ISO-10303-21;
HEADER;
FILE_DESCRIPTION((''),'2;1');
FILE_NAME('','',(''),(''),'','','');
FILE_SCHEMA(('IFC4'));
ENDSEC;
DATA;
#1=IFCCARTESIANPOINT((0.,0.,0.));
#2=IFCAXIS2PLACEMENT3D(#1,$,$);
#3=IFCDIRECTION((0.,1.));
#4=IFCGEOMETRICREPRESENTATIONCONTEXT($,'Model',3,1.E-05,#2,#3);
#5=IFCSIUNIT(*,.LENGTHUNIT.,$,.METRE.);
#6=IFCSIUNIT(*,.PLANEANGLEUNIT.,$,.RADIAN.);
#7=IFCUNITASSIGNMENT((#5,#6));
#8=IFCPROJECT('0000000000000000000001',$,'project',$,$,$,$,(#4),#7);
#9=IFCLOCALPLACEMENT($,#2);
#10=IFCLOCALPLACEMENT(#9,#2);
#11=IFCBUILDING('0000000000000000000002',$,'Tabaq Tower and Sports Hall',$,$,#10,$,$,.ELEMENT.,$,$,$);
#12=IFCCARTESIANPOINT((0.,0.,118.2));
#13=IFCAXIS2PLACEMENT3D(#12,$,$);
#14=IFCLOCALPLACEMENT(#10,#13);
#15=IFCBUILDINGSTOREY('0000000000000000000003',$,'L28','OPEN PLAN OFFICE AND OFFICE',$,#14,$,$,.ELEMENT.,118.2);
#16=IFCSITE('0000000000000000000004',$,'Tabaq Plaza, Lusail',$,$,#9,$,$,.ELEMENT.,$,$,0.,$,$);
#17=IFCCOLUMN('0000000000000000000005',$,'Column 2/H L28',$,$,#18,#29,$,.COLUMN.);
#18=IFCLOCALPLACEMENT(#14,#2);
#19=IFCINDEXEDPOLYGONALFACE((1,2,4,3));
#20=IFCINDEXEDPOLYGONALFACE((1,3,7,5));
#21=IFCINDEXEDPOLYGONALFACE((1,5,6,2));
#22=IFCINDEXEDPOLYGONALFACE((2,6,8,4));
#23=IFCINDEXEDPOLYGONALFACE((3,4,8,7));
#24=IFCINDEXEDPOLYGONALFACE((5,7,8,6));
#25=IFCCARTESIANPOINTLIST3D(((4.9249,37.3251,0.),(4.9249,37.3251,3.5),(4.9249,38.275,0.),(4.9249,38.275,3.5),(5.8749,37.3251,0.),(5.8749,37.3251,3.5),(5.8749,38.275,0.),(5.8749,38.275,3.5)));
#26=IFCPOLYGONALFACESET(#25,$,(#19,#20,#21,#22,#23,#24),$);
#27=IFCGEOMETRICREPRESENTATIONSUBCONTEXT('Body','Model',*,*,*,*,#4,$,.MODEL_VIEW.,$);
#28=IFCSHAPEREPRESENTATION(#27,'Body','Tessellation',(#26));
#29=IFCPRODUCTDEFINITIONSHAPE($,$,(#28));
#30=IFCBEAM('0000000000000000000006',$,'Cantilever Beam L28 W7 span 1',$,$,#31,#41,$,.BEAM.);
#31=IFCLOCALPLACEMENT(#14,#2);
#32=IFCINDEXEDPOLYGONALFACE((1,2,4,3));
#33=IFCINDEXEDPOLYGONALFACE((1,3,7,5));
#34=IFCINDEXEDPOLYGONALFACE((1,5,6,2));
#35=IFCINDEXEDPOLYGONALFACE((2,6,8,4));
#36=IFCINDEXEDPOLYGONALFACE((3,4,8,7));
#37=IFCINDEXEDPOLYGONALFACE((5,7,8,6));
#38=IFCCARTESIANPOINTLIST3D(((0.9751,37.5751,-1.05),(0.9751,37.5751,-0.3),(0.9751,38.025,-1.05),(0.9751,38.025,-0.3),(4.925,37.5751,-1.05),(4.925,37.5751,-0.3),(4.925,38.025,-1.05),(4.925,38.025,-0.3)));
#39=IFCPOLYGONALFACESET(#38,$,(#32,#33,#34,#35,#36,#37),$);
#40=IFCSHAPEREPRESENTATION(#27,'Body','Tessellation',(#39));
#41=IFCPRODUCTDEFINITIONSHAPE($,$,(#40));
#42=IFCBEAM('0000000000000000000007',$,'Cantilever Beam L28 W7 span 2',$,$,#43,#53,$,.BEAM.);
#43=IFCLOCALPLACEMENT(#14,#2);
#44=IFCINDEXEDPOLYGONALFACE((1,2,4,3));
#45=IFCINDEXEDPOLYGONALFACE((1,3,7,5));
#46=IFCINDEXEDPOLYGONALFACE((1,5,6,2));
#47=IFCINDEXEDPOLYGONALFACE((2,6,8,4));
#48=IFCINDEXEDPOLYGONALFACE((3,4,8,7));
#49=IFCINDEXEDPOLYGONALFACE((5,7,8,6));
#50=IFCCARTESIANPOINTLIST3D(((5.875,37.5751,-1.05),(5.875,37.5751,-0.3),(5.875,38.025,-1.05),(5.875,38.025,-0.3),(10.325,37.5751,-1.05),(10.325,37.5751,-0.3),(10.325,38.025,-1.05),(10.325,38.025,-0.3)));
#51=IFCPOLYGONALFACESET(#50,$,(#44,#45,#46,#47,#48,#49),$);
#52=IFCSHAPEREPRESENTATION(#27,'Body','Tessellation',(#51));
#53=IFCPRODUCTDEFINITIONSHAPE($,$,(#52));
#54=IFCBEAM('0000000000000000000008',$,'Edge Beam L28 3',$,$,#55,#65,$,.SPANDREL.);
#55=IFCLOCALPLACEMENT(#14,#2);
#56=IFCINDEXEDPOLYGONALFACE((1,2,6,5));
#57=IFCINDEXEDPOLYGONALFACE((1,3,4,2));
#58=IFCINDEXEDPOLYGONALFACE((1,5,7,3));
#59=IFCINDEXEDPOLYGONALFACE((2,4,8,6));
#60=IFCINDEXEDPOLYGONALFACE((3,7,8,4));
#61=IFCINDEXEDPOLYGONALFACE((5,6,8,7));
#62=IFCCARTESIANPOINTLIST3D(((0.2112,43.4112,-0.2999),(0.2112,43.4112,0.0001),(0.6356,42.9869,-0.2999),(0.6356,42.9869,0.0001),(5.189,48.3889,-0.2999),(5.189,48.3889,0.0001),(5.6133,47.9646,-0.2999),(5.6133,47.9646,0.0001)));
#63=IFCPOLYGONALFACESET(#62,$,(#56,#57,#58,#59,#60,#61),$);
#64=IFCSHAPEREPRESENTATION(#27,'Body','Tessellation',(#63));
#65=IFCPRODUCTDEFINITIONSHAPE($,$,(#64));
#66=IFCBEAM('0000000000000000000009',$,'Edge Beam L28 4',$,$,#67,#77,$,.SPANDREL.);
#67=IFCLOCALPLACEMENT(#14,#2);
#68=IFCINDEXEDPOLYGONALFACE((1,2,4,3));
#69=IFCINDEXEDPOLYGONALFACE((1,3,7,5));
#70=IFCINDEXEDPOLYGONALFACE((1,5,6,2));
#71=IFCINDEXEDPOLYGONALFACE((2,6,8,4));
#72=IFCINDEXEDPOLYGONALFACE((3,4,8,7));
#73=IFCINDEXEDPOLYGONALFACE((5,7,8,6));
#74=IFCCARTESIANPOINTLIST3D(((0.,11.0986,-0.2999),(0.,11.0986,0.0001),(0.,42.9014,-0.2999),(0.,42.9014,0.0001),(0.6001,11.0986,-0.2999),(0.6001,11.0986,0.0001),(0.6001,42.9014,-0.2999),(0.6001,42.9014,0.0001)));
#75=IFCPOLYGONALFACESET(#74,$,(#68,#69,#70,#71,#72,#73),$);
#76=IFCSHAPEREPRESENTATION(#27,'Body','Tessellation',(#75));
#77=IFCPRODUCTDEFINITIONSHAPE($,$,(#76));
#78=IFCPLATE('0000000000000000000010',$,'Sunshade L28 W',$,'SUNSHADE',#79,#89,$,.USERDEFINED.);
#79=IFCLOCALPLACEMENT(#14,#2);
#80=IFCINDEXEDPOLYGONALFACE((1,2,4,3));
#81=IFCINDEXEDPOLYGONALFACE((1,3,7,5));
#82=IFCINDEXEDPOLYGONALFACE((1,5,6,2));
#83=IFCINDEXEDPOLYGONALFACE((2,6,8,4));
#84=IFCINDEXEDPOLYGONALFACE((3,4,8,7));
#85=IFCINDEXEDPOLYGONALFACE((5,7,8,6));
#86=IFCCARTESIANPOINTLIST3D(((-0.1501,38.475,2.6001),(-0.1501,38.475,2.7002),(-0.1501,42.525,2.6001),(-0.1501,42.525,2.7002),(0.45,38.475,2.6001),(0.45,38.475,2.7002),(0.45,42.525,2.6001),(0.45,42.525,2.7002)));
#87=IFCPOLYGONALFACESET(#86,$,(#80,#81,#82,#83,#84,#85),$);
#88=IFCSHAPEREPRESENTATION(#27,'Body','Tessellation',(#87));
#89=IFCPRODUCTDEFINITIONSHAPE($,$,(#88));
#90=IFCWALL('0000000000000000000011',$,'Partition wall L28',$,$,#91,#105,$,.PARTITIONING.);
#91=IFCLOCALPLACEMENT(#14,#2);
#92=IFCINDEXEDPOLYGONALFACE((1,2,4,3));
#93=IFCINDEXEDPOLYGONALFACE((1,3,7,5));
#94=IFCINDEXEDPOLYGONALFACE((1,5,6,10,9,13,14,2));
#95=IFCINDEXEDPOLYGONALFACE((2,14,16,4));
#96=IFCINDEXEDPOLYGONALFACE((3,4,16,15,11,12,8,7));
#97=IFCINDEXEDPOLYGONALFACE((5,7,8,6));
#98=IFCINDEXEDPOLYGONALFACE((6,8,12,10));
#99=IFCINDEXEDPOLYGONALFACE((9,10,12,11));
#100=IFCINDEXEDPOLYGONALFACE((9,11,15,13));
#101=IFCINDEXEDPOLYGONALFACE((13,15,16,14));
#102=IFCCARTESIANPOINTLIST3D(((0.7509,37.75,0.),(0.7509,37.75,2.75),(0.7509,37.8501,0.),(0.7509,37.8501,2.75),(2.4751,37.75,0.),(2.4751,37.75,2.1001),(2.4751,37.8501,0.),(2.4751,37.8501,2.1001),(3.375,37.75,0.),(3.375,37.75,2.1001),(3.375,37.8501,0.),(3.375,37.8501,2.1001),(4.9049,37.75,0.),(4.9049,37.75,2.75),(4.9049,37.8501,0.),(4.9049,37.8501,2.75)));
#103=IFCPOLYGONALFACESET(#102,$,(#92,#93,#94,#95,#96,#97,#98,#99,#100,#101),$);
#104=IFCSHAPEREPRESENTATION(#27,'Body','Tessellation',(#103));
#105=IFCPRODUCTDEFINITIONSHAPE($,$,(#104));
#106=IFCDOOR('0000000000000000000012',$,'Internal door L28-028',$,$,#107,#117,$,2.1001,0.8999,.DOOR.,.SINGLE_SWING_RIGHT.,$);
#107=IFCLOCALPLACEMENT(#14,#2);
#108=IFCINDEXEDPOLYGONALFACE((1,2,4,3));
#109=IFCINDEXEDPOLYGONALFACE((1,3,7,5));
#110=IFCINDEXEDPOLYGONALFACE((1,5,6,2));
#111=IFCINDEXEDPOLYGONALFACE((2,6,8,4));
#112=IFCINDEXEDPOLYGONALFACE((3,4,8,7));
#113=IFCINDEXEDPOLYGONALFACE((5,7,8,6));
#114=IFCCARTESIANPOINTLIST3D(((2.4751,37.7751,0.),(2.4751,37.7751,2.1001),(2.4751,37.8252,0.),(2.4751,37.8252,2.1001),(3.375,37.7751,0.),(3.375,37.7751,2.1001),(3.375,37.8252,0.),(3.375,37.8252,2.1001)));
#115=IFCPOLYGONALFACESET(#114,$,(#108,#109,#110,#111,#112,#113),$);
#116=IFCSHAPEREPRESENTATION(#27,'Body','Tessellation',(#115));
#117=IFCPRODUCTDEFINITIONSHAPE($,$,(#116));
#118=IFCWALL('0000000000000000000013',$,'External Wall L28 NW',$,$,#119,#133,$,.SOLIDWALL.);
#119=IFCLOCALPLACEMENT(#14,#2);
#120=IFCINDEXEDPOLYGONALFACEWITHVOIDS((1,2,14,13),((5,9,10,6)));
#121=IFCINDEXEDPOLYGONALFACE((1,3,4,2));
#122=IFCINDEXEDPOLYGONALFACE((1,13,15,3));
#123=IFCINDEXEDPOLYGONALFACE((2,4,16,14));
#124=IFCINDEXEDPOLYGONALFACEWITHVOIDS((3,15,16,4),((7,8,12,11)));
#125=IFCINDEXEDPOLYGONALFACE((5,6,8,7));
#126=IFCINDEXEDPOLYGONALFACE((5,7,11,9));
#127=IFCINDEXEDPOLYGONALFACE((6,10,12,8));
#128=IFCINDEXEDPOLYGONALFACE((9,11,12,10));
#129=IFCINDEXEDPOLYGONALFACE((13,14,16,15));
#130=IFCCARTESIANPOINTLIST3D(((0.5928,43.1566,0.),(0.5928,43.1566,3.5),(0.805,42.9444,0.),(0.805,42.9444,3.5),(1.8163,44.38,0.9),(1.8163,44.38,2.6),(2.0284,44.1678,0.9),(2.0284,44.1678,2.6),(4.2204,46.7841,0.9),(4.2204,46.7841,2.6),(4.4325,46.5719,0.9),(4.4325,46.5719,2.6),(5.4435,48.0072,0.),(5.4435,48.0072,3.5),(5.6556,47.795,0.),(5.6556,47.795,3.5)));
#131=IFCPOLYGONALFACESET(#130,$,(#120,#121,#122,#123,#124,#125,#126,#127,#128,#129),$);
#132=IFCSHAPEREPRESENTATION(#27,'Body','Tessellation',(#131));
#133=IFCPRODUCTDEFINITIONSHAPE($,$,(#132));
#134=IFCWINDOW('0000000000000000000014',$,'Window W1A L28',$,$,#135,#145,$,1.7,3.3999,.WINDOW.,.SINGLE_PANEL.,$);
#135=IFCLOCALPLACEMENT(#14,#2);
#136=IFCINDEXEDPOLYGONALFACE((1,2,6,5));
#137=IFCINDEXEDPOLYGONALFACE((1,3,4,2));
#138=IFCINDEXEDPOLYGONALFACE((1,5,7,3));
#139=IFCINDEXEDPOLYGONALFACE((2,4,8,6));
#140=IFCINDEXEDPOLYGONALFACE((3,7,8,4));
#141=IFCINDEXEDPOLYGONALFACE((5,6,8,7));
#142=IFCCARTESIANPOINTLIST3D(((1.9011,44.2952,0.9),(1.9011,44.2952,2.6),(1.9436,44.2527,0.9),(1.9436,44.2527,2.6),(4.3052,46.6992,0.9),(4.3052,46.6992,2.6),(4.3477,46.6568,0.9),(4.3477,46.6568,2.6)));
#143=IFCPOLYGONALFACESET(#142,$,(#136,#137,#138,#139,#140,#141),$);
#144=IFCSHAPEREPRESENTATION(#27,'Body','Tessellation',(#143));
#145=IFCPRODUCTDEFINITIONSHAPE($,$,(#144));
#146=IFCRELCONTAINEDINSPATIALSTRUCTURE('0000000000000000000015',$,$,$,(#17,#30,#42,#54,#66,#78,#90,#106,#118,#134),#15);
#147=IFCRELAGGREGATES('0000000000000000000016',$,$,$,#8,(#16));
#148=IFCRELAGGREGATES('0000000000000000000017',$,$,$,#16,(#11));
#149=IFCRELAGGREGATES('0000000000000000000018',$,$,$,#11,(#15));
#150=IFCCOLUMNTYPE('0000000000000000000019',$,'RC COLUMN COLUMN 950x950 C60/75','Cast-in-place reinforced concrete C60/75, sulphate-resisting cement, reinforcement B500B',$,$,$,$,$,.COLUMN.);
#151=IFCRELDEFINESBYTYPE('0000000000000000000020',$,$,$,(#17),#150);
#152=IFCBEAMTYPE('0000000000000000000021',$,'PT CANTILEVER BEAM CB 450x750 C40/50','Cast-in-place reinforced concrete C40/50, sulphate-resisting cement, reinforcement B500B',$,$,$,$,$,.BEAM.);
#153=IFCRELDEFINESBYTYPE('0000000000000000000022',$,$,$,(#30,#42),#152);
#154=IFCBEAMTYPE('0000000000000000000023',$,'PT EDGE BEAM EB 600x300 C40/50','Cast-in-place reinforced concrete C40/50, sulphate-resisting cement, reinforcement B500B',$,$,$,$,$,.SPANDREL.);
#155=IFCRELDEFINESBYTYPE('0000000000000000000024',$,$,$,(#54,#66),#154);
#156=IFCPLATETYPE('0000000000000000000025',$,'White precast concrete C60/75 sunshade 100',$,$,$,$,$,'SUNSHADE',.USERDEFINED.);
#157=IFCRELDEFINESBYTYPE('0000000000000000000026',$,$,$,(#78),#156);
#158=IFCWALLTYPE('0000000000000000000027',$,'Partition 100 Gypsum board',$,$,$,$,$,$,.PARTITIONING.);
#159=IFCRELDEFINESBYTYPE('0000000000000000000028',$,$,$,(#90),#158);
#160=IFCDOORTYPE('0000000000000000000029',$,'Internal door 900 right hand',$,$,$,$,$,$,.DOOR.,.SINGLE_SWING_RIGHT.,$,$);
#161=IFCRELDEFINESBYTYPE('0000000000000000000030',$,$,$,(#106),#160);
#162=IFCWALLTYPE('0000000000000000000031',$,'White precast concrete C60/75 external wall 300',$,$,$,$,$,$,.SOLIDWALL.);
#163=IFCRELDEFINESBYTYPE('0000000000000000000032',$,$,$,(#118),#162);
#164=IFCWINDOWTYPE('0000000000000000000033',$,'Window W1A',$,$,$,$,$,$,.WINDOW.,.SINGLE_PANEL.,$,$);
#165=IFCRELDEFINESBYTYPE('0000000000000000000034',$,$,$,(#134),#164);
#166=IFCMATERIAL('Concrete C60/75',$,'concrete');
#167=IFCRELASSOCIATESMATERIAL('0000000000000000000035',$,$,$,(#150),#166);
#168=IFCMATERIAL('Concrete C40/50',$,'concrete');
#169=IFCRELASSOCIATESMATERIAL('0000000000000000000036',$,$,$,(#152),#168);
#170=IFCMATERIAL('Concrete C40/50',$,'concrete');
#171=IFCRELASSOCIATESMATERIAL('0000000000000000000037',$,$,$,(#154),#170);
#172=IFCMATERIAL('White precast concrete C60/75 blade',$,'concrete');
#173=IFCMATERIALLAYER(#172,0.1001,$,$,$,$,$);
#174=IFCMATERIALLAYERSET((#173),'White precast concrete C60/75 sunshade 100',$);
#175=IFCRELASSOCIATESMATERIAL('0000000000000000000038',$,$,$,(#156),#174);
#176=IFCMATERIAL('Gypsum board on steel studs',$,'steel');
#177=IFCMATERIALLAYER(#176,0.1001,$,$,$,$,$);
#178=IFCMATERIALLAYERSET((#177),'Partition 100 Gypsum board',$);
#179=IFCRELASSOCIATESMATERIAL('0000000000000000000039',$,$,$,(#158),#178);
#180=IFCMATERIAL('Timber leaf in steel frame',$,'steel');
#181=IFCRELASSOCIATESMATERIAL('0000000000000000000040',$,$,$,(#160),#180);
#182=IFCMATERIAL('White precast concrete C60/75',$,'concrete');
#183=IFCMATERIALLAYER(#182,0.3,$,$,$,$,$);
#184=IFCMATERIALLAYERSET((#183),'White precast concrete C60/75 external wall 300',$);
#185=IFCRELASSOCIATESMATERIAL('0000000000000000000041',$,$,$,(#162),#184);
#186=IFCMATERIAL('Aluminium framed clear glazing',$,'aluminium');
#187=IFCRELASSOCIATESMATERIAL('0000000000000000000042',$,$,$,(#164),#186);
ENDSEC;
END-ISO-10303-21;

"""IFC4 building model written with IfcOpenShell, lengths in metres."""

from ifc_helpers import new_model, si_unit, direction, frame, frame_2d, origin, origin_2d, place, context, subcontext, project, spatial, rectangle, extrude, material, layer, layer_set, material_profile, profile_set, type_object, element, fill, save


model = new_model("IFC4")

# Units and contexts
model_context = context("Model", 3, precision=1e-05, world=origin(), true_north=direction((0.0, 1.0)))
body_context = subcontext(model_context, "Body", "Model", "MODEL_VIEW")
ifc_project = project(units=[si_unit("LENGTHUNIT", "METRE"), si_unit("PLANEANGLEUNIT", "RADIAN")], contexts=[model_context])

# Site, building, storey
site_placement = place(None, origin())
site = spatial("IfcSite", under=ifc_project, at=site_placement, Name="Tabaq Plaza, Lusail", CompositionType="ELEMENT", RefElevation=0.0)
building_placement = place(site_placement, origin())
building = spatial("IfcBuilding", under=site, at=building_placement, Name="Tabaq Tower and Sports Hall", CompositionType="ELEMENT")
storey_placement = place(building_placement, frame((0.0, 0.0, 118.2)))
storey = spatial("IfcBuildingStorey", under=building, at=storey_placement, Name="L28", Description="OPEN PLAN OFFICE AND OFFICE", CompositionType="ELEMENT", Elevation=118.2)

# Column
ifc_material_1 = material(Name="Concrete C60/75", Category="concrete")
ifc_material_profile_1 = material_profile(ifc_material_1, rectangle(XDim=0.95, YDim=0.95, at=origin_2d()), Name="COLUMN 950x950")
ifc_profile_set_1 = profile_set([ifc_material_profile_1], Name="Concrete C60/75")
column_type = type_object("IfcColumnType", Name="RC COLUMN COLUMN 950x950 C60/75", Description="Cast-in-place reinforced concrete C60/75, sulphate-resisting cement, reinforcement B500B", PredefinedType="COLUMN", material=ifc_profile_set_1)
column_placement = place(storey_placement, frame((5.3999, 37.8, 0.0), z_axis=(0.0, 0.0, 1.0), x_axis=(1.0, 0.0, 0.0)))
element("IfcColumn", 1, at=column_placement, inside=storey, type_object=column_type, Name="Column 2/H L28", PredefinedType="COLUMN", context=body_context, shape_type="SweptSolid", body=[
    extrude(rectangle(XDim=0.95, YDim=0.95, at=origin_2d()), origin(), (0.0, 0.0, 1.0), 3.5),
])

# Beams
ifc_material_2 = material(Name="Concrete C40/50", Category="concrete")
ifc_material_profile_2 = material_profile(ifc_material_2, rectangle(XDim=0.45, YDim=0.75, at=origin_2d()), Name="CB 450x750")
ifc_profile_set_2 = profile_set([ifc_material_profile_2], Name="Concrete C40/50")
beam_type_1 = type_object("IfcBeamType", Name="PT CANTILEVER BEAM CB 450x750 C40/50", Description="Cast-in-place reinforced concrete C40/50, sulphate-resisting cement, reinforcement B500B", PredefinedType="BEAM", material=ifc_profile_set_2)
beam_1_placement = place(storey_placement, frame((0.9751, 37.8, -0.675), z_axis=(1.0, 0.0, 0.0), x_axis=(0.0, 1.0, 0.0)))
element("IfcBeam", 2, at=beam_1_placement, inside=storey, type_object=beam_type_1, Name="Cantilever Beam L28 W7 span 1", PredefinedType="BEAM", context=body_context, shape_type="SweptSolid", body=[
    extrude(rectangle(XDim=0.45, YDim=0.75, at=origin_2d()), origin(), (0.0, 0.0, 1.0), 3.95),
])
beam_2_placement = place(storey_placement, frame((5.875, 37.8, -0.675), z_axis=(1.0, 0.0, 0.0), x_axis=(0.0, 1.0, 0.0)))
element("IfcBeam", 3, at=beam_2_placement, inside=storey, type_object=beam_type_1, Name="Cantilever Beam L28 W7 span 2", PredefinedType="BEAM", context=body_context, shape_type="SweptSolid", body=[
    extrude(rectangle(XDim=0.45, YDim=0.75, at=origin_2d()), origin(), (0.0, 0.0, 1.0), 4.45),
])
ifc_material_3 = material(Name="Concrete C40/50", Category="concrete")
ifc_material_profile_3 = material_profile(ifc_material_3, rectangle(XDim=0.6001, YDim=0.3, at=origin_2d()), Name="EB 600x300")
ifc_profile_set_3 = profile_set([ifc_material_profile_3], Name="Concrete C40/50")
beam_type_2 = type_object("IfcBeamType", Name="PT EDGE BEAM EB 600x300 C40/50", Description="Cast-in-place reinforced concrete C40/50, sulphate-resisting cement, reinforcement B500B", PredefinedType="SPANDREL", material=ifc_profile_set_3)
beam_3_placement = place(storey_placement, frame((5.4011, 48.1768, -0.1499), z_axis=(-0.707107, -0.707107, 0.0), x_axis=(0.707107, -0.707107, 0.0)))
element("IfcBeam", 4, at=beam_3_placement, inside=storey, type_object=beam_type_2, Name="Edge Beam L28 3", PredefinedType="SPANDREL", context=body_context, shape_type="SweptSolid", body=[
    extrude(rectangle(XDim=0.6001, YDim=0.3, at=origin_2d()), origin(), (0.0, 0.0, 1.0), 7.0396),
])
beam_4_placement = place(storey_placement, frame((0.3, 42.9014, -0.1499), z_axis=(0.0, -1.0, 0.0), x_axis=(1.0, 0.0, 0.0)))
element("IfcBeam", 5, at=beam_4_placement, inside=storey, type_object=beam_type_2, Name="Edge Beam L28 4", PredefinedType="SPANDREL", context=body_context, shape_type="SweptSolid", body=[
    extrude(rectangle(XDim=0.6001, YDim=0.3, at=origin_2d()), origin(), (0.0, 0.0, 1.0), 31.8027),
])

# Plate
ifc_material_4 = material(Name="White precast concrete C60/75 blade", Category="concrete")
ifc_layer_1 = layer(ifc_material_4, 0.1001)
ifc_layer_set_1 = layer_set([ifc_layer_1], Name="White precast concrete C60/75 sunshade 100")
plate_type = type_object("IfcPlateType", Name="White precast concrete C60/75 sunshade 100", ElementType="SUNSHADE", PredefinedType="USERDEFINED", material=ifc_layer_set_1)
plate_placement = place(storey_placement, frame((0.1499, 40.5, 2.6001), z_axis=(0.0, 0.0, 1.0), x_axis=(0.0, -1.0, 0.0)))
element("IfcPlate", 6, at=plate_placement, inside=storey, type_object=plate_type, Name="Sunshade L28 W", ObjectType="SUNSHADE", PredefinedType="USERDEFINED", context=body_context, shape_type="SweptSolid", body=[
    extrude(rectangle(XDim=4.05, YDim=0.6001, at=origin_2d()), origin(), (0.0, 0.0, 1.0), 0.1001),
])

# Wall, opening, door
ifc_material_5 = material(Name="Gypsum board on steel studs", Category="steel")
ifc_layer_2 = layer(ifc_material_5, 0.1001)
ifc_layer_set_2 = layer_set([ifc_layer_2], Name="Partition 100 Gypsum board")
wall_type_1 = type_object("IfcWallType", Name="Partition 100 Gypsum board", PredefinedType="PARTITIONING", material=ifc_layer_set_2)
wall_1_placement = place(storey_placement, frame((4.905, 37.8, 0.0), z_axis=(0.0, 0.0, 1.0), x_axis=(-1.0, 0.0, 0.0)))
wall_1 = element("IfcWall", 7, at=wall_1_placement, inside=storey, type_object=wall_type_1, Name="Partition wall L28", PredefinedType="PARTITIONING", context=body_context, shape_type="SweptSolid", body=[
    extrude(rectangle(XDim=4.1541, YDim=0.1001, at=frame_2d((2.0771, 0.0))), origin(), (0.0, 0.0, 1.0), 2.75),
])
opening_1_placement = place(wall_1_placement, frame((1.53, 0.0, 0.0)))
opening_1 = element("IfcOpeningElement", 8, at=opening_1_placement, cuts=wall_1, PredefinedType="OPENING", context=body_context, shape_type="SweptSolid", body=[
    extrude(rectangle(XDim=0.8999, YDim=2.1001, at=frame_2d((0.45, 1.05))), frame((0.0, 0.05, 0.0), z_axis=(0.0, -1.0, 0.0), x_axis=(1.0, 0.0, 0.0)), (0.0, 0.0, 1.0), 0.1001),
])
ifc_material_6 = material(Name="Timber leaf in steel frame", Category="steel")
door_type = type_object("IfcDoorType", Name="Internal door 900 right hand", OperationType="SINGLE_SWING_RIGHT", PredefinedType="DOOR", material=ifc_material_6)
door_placement = place(opening_1_placement, origin())
door = element("IfcDoor", 9, at=door_placement, inside=storey, type_object=door_type, Name="Internal door L28-028", OperationType="SINGLE_SWING_RIGHT", OverallHeight=2.1001, OverallWidth=0.8999, PredefinedType="DOOR", context=body_context, shape_type="SweptSolid", body=[
    extrude(rectangle(XDim=0.8999, YDim=2.1001, at=frame_2d((0.45, 1.05))), frame((0.0, 0.0249, 0.0), z_axis=(0.0, -1.0, 0.0), x_axis=(1.0, 0.0, 0.0)), (0.0, 0.0, 1.0), 0.05),
])
fill(opening_1, door)

# Wall, opening, window
ifc_material_7 = material(Name="White precast concrete C60/75", Category="concrete")
ifc_layer_3 = layer(ifc_material_7, 0.3)
ifc_layer_set_3 = layer_set([ifc_layer_3], Name="White precast concrete C60/75 external wall 300")
wall_type_2 = type_object("IfcWallType", Name="White precast concrete C60/75 external wall 300", PredefinedType="SOLIDWALL", material=ifc_layer_set_3)
wall_2_placement = place(storey_placement, frame((5.5496, 47.9011, 0.0), z_axis=(0.0, 0.0, 1.0), x_axis=(-0.707107, -0.707107, 0.0)))
wall_2 = element("IfcWall", 10, at=wall_2_placement, inside=storey, type_object=wall_type_2, Name="External Wall L28 NW", PredefinedType="SOLIDWALL", context=body_context, shape_type="SweptSolid", body=[
    extrude(rectangle(XDim=6.8599, YDim=0.3, at=frame_2d((3.4299, 0.0))), origin(), (0.0, 0.0, 1.0), 3.5),
])
opening_2_placement = place(wall_2_placement, frame((1.7297, 0.0, 0.8999)))
opening_2 = element("IfcOpeningElement", 11, at=opening_2_placement, cuts=wall_2, PredefinedType="OPENING", context=body_context, shape_type="SweptSolid", body=[
    extrude(rectangle(XDim=3.3999, YDim=1.7, at=frame_2d((1.7, 0.8501))), frame((0.0, 0.1602, 0.0), z_axis=(0.0, -1.0, 0.0), x_axis=(1.0, 0.0, 0.0)), (0.0, 0.0, 1.0), 0.3201),
])
ifc_material_8 = material(Name="Aluminium framed clear glazing", Category="aluminium")
window_type = type_object("IfcWindowType", Name="Window W1A", PartitioningType="SINGLE_PANEL", PredefinedType="WINDOW", material=ifc_material_8)
window_1_placement = place(opening_2_placement, origin())
window_1 = element("IfcWindow", 12, at=window_1_placement, inside=storey, type_object=window_type, Name="Window W1A L28", OverallHeight=1.7, OverallWidth=3.3999, PartitioningType="SINGLE_PANEL", PredefinedType="WINDOW", context=body_context, shape_type="SweptSolid", body=[
    extrude(rectangle(XDim=3.3999, YDim=1.7, at=frame_2d((1.7, 0.8501))), frame((0.0, 0.03, 0.0), z_axis=(0.0, -1.0, 0.0), x_axis=(1.0, 0.0, 0.0)), (0.0, 0.0, 1.0), 0.0601),
])
fill(opening_2, window_1)

save(model, "model.ifc")
